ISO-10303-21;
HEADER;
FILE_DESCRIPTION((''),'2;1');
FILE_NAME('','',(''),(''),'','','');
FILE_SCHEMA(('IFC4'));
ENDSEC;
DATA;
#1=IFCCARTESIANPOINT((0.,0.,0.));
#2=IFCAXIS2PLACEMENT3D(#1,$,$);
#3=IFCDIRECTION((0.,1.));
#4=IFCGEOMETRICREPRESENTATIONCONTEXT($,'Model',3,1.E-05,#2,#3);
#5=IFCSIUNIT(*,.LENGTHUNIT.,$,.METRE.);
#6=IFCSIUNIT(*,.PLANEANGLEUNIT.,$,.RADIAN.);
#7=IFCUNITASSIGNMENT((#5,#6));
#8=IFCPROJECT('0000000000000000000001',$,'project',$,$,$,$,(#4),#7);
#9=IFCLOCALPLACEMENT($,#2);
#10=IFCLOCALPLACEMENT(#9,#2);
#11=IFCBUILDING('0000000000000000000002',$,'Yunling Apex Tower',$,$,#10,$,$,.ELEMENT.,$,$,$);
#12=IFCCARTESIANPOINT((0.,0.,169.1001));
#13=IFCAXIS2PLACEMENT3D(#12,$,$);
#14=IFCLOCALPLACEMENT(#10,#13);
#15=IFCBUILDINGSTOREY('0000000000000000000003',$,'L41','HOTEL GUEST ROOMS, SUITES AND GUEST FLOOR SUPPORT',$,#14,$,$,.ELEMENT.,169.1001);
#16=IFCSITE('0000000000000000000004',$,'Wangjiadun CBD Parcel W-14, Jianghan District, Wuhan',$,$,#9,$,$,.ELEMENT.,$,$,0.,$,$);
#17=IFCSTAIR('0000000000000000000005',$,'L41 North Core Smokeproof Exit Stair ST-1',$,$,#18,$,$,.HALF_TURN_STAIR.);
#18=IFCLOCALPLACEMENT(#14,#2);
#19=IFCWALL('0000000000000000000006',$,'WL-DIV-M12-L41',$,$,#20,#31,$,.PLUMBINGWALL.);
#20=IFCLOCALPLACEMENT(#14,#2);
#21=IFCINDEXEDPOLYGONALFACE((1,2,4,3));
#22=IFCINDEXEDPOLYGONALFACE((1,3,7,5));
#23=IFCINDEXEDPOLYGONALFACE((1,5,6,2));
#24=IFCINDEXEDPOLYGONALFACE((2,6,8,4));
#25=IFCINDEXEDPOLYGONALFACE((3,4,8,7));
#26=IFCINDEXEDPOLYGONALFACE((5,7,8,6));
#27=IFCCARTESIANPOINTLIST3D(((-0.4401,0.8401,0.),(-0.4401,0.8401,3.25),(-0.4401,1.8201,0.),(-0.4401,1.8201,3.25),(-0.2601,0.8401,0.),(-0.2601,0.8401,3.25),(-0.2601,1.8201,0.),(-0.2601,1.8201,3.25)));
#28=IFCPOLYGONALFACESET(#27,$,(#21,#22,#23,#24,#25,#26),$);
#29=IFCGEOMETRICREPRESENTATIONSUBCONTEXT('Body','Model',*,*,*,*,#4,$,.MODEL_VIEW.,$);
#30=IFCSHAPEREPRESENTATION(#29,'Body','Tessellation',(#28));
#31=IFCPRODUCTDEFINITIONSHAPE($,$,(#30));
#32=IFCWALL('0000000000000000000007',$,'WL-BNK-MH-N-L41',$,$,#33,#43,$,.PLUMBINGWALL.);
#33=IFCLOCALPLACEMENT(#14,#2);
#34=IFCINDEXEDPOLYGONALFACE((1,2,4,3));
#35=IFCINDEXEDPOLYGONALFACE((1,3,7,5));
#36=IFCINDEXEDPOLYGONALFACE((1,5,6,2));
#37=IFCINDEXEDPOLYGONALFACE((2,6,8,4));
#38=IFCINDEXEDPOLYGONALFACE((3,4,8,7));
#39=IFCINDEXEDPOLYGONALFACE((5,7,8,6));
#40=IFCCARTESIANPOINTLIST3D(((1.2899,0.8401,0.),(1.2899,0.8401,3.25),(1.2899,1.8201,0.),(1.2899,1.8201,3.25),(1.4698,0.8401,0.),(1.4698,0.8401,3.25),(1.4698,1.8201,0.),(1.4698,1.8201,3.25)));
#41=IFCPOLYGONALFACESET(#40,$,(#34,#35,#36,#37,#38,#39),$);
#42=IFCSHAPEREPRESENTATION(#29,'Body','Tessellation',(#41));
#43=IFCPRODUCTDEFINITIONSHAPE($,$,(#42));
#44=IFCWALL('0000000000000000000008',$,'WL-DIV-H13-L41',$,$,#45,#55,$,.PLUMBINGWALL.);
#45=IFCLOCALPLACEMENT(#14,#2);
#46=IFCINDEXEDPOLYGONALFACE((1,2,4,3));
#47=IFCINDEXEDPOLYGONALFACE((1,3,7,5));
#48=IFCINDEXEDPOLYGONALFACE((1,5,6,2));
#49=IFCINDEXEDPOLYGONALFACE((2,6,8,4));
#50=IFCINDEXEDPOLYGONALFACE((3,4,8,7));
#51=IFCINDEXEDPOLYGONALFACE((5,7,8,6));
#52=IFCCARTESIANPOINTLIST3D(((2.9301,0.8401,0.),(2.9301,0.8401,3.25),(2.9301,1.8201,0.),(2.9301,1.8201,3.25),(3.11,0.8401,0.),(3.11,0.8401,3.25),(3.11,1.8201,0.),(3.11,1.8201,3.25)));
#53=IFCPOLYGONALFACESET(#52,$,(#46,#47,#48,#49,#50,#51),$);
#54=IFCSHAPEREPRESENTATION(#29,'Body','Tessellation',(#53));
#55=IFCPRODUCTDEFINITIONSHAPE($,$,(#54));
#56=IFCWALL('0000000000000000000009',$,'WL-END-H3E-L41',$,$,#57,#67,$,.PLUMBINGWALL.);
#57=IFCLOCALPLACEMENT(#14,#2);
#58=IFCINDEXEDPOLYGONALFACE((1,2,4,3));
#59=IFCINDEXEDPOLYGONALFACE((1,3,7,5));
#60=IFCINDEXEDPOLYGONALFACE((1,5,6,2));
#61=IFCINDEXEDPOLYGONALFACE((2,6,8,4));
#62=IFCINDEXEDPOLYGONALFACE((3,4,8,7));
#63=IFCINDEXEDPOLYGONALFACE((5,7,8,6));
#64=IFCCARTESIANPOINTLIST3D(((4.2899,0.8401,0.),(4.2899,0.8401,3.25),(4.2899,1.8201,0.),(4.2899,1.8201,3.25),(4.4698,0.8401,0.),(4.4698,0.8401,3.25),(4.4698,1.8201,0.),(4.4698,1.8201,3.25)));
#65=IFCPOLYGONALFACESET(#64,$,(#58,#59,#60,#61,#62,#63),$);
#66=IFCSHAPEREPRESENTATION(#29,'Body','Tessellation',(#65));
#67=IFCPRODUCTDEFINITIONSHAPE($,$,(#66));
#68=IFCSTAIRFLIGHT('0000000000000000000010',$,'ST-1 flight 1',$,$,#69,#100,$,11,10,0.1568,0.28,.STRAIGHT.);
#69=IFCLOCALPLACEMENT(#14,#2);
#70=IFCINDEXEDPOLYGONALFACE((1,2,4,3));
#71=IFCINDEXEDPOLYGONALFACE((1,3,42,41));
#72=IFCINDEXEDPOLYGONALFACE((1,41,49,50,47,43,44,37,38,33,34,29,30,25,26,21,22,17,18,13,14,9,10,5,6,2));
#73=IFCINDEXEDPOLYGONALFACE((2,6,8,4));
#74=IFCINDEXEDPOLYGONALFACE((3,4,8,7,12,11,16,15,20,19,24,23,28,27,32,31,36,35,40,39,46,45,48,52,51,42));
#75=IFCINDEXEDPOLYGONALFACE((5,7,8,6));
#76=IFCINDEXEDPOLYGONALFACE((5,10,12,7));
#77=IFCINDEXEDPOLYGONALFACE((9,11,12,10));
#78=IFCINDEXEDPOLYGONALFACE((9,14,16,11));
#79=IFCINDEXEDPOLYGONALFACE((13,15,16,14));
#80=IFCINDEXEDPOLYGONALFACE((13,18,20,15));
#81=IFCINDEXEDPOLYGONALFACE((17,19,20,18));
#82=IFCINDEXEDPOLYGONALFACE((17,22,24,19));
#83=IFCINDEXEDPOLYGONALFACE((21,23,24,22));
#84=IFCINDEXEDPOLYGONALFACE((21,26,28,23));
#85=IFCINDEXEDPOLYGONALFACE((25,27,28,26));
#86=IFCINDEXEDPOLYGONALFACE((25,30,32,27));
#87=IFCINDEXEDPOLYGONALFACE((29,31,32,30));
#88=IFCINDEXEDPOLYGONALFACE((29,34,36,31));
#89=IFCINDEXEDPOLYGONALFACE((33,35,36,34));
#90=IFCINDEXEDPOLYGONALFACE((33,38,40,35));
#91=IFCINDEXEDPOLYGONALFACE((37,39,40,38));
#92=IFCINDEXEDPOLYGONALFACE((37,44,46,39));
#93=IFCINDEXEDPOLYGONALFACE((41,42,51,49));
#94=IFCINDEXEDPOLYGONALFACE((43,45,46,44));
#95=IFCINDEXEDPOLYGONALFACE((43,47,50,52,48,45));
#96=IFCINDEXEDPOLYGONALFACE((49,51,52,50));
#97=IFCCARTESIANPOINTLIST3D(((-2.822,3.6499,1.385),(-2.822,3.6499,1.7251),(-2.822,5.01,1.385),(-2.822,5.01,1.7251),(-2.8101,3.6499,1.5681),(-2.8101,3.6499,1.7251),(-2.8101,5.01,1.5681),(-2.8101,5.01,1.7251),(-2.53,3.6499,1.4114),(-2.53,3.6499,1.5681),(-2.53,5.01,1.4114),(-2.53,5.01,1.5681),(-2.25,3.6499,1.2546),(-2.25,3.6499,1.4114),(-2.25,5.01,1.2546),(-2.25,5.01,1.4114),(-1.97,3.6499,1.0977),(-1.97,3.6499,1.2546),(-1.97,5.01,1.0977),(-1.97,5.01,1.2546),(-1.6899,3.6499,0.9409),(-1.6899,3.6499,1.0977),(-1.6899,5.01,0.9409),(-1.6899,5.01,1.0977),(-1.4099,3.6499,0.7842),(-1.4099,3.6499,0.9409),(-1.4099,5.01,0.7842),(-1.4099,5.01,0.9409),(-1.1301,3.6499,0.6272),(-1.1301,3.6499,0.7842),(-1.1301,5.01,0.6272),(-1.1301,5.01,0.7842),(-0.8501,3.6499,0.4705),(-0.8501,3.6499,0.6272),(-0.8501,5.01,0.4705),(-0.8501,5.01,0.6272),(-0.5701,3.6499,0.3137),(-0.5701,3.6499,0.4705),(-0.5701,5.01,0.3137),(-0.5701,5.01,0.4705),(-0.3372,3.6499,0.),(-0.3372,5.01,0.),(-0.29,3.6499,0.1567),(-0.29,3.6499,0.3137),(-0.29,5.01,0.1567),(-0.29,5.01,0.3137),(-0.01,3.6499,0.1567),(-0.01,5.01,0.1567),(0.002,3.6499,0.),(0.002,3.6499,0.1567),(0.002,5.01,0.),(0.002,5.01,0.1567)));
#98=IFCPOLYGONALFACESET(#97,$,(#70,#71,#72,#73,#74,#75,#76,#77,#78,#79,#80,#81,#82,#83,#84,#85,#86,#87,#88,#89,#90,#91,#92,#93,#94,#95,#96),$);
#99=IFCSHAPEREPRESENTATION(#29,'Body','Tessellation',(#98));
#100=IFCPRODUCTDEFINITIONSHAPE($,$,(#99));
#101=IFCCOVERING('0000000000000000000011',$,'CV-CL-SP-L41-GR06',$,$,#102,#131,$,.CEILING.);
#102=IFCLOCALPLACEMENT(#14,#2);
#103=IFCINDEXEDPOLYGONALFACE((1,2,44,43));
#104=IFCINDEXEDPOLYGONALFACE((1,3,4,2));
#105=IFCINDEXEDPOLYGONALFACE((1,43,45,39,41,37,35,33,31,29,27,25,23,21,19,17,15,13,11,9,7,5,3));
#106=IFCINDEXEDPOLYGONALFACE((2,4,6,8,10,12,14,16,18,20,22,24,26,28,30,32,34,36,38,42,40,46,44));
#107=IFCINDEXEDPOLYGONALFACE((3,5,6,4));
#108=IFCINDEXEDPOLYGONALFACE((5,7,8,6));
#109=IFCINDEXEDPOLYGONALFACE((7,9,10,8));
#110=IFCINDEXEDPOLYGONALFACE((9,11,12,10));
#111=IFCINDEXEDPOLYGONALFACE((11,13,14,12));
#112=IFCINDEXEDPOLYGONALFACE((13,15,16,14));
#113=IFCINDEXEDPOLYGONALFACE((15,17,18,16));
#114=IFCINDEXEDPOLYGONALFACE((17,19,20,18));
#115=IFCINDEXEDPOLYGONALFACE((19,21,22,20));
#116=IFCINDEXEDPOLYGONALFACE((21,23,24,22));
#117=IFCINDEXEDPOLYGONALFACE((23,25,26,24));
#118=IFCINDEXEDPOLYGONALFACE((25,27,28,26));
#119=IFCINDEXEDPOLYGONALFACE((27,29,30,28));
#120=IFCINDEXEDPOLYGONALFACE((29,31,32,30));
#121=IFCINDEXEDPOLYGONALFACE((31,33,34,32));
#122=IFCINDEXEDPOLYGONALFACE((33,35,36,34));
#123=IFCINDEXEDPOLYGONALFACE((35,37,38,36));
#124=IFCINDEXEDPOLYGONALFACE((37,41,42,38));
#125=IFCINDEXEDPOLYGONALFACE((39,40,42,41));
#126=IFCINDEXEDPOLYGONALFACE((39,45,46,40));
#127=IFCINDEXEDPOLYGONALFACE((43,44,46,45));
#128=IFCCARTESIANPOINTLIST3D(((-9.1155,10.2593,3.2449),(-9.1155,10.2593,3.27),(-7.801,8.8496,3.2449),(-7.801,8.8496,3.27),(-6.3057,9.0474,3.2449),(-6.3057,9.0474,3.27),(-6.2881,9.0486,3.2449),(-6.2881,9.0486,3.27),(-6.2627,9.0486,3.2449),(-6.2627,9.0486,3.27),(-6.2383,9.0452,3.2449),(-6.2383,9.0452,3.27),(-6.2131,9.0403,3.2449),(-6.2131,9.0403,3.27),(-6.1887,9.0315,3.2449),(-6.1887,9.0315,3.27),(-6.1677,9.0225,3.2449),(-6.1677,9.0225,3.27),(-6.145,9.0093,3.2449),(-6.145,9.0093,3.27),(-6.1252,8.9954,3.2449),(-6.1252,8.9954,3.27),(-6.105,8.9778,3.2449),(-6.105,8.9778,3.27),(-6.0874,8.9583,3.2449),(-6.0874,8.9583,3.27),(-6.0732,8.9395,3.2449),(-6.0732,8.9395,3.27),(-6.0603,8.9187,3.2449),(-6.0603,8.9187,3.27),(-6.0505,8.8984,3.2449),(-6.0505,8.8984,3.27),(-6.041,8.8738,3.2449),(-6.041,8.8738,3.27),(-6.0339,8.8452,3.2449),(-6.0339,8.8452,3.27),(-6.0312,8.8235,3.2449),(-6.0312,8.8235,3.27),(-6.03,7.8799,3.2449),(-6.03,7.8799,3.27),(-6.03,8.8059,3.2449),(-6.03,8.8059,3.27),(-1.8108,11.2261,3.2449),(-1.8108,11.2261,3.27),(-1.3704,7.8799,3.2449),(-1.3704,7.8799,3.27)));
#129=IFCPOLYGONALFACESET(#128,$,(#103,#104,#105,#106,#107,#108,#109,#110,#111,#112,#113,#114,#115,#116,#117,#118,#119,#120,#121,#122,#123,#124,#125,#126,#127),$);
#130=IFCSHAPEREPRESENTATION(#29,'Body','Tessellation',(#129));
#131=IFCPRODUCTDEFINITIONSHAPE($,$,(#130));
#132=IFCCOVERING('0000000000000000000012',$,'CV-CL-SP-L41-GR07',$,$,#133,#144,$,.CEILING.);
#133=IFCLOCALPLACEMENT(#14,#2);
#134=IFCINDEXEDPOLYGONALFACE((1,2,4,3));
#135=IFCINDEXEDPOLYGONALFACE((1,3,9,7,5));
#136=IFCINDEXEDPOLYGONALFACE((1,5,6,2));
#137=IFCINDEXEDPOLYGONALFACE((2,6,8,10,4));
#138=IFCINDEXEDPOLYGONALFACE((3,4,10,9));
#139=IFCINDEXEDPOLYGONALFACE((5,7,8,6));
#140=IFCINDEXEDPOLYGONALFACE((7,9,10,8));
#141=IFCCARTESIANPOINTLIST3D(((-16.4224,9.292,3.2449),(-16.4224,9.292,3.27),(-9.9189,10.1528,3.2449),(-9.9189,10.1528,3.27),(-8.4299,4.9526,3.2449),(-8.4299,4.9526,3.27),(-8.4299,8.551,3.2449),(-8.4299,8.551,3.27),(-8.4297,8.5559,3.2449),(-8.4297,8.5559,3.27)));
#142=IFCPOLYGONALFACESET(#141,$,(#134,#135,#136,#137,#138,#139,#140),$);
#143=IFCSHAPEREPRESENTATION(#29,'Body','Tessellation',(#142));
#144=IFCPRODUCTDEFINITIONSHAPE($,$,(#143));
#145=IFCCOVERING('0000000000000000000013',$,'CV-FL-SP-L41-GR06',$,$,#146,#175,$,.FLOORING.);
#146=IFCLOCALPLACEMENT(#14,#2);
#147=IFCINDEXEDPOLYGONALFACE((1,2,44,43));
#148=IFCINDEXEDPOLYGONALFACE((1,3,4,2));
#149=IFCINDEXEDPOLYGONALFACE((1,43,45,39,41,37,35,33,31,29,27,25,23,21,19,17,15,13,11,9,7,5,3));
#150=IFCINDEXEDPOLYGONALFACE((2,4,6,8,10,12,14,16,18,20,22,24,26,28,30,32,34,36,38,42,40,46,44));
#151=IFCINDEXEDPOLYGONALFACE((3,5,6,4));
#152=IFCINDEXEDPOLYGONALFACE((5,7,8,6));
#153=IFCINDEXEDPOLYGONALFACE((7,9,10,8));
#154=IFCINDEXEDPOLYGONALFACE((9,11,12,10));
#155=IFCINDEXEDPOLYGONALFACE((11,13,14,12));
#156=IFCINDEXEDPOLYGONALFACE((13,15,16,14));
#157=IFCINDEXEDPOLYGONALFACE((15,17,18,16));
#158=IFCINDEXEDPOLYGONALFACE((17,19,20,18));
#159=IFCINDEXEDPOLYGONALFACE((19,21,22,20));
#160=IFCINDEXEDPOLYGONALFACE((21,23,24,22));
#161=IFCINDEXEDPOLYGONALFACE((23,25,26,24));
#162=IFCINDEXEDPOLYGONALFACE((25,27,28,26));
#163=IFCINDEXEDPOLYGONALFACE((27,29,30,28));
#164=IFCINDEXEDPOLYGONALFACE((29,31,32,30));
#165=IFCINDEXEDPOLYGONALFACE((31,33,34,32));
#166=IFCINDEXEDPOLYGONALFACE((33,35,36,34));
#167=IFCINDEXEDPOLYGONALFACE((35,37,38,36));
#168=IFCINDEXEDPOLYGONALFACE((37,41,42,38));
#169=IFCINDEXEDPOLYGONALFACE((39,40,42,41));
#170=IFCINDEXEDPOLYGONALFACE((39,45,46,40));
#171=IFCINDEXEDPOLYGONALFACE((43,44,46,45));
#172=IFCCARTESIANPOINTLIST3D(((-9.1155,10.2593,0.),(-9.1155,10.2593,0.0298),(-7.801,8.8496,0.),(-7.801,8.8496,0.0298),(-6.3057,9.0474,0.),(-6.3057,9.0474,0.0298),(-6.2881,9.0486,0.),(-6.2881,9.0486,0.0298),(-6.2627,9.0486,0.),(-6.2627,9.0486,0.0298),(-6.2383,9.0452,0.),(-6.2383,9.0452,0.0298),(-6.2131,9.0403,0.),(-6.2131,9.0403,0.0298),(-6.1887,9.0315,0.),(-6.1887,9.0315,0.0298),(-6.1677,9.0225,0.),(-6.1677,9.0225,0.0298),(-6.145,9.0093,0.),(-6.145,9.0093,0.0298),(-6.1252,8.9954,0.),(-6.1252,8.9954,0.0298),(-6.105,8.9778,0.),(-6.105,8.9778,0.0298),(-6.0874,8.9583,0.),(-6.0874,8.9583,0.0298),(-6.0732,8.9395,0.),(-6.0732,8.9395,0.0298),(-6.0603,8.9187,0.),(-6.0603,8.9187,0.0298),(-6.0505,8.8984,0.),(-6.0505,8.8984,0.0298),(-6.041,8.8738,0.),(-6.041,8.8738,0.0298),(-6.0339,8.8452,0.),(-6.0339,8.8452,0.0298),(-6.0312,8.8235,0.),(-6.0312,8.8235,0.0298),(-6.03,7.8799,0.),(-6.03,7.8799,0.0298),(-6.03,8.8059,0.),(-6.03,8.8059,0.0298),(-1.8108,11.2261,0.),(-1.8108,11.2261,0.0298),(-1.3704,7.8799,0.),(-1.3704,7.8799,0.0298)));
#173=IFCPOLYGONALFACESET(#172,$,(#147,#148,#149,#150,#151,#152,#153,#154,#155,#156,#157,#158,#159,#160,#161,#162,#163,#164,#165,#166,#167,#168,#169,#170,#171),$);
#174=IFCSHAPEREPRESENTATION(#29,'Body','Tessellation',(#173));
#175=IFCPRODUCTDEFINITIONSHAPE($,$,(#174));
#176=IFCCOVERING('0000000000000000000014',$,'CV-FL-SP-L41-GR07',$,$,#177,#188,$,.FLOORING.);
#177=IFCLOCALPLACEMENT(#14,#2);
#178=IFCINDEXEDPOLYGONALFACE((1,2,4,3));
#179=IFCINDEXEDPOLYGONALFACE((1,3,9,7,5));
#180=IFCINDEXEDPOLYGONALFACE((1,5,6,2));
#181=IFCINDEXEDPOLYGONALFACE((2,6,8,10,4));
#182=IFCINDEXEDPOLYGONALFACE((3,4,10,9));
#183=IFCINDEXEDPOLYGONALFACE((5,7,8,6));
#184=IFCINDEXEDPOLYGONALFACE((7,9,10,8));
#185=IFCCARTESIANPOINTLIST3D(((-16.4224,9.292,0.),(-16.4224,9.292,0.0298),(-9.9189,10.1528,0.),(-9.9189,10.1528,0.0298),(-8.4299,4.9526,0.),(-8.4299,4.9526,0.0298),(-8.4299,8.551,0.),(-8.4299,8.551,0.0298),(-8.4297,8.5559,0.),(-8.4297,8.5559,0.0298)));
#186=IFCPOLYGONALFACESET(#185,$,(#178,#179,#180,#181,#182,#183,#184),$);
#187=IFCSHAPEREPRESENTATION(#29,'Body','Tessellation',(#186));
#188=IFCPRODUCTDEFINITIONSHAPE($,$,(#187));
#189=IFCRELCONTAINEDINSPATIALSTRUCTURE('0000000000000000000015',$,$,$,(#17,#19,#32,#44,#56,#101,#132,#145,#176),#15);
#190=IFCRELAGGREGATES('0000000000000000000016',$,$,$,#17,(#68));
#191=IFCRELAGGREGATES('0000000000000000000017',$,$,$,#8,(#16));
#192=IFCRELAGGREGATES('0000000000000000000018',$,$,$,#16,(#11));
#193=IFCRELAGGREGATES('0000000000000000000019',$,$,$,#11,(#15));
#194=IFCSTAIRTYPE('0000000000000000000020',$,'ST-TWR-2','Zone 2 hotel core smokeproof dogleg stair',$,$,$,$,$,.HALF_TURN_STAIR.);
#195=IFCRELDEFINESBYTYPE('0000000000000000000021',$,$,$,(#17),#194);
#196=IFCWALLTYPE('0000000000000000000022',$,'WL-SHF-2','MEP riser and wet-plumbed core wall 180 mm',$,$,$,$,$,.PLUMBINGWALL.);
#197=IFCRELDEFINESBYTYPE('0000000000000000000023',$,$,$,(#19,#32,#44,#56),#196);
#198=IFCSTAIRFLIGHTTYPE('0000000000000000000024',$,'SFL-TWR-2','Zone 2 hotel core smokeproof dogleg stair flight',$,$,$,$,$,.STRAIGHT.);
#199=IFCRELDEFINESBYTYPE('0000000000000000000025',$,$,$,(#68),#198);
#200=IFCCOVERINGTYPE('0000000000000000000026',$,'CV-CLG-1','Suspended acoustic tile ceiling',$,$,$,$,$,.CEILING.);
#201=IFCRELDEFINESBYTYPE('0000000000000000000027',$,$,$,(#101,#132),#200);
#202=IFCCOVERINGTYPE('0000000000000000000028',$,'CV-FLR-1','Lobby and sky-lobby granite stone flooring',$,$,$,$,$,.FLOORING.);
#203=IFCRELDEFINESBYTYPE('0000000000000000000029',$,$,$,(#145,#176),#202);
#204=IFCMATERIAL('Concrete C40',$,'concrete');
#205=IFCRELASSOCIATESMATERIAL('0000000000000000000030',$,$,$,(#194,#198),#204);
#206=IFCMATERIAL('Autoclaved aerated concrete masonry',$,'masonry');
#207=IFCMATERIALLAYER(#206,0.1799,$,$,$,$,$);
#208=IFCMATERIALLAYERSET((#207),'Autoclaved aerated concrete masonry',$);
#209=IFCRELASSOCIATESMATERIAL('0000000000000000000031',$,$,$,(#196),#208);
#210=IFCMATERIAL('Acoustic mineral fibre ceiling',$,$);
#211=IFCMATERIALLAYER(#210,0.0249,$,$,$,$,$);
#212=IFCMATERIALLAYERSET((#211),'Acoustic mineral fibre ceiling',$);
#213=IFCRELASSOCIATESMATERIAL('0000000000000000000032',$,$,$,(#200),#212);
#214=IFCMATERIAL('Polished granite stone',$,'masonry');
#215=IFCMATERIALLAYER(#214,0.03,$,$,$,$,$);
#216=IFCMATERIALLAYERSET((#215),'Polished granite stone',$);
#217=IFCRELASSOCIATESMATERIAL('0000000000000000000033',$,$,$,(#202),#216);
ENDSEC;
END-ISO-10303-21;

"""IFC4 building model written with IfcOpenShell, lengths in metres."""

from ifc_helpers import new_model, si_unit, direction, frame, frame_2d, origin, place, context, subcontext, project, spatial, polyline, rectangle, outline, extrude, material, layer, layer_set, type_object, element, aggregate, save


model = new_model("IFC4")

# Units and contexts
model_context = context("Model", 3, precision=1e-05, world=origin(), true_north=direction((0.0, 1.0)))
body_context = subcontext(model_context, "Body", "Model", "MODEL_VIEW")
ifc_project = project(units=[si_unit("LENGTHUNIT", "METRE"), si_unit("PLANEANGLEUNIT", "RADIAN")], contexts=[model_context])

# Site, building, storey
site_placement = place(None, origin())
site = spatial("IfcSite", under=ifc_project, at=site_placement, Name="Wangjiadun CBD Parcel W-14, Jianghan District, Wuhan", CompositionType="ELEMENT", RefElevation=0.0)
building_placement = place(site_placement, origin())
building = spatial("IfcBuilding", under=site, at=building_placement, Name="Yunling Apex Tower", CompositionType="ELEMENT")
storey_placement = place(building_placement, frame((0.0, 0.0, 169.1001)))
storey = spatial("IfcBuildingStorey", under=building, at=storey_placement, Name="L41", Description="HOTEL GUEST ROOMS, SUITES AND GUEST FLOOR SUPPORT", CompositionType="ELEMENT", Elevation=169.1001)

# Stair
ifc_material_1 = material(Name="Concrete C40", Category="concrete")
stair_type = type_object("IfcStairType", Name="ST-TWR-2", Description="Zone 2 hotel core smokeproof dogleg stair", PredefinedType="HALF_TURN_STAIR", material=ifc_material_1)
stair_1_placement = place(storey_placement, origin())
stair_1 = element("IfcStair", 1, at=stair_1_placement, inside=storey, type_object=stair_type, Name="L41 North Core Smokeproof Exit Stair ST-1", PredefinedType="HALF_TURN_STAIR")

# Shared definitions
ifc_material_2 = material(Name="Autoclaved aerated concrete masonry", Category="masonry")

# Walls
ifc_layer_1 = layer(ifc_material_2, 0.1799)
ifc_layer_set_1 = layer_set([ifc_layer_1], Name="Autoclaved aerated concrete masonry")
wall_type_1 = type_object("IfcWallType", Name="WL-SHF-2", Description="MEP riser and wet-plumbed core wall 180 mm", PredefinedType="PLUMBINGWALL", material=ifc_layer_set_1)
for number, where, z_axis, x_axis, name in (
    (2, (-0.3501, 0.8401, 0.0), (0.0, 0.0, 1.0), (0.0, 1.0, 0.0), "WL-DIV-M12-L41"),
    (3, (1.3799, 0.8401, 0.0), (0.0, 0.0, 1.0), (0.0, 1.0, 0.0), "WL-BNK-MH-N-L41"),
    (4, (3.02, 0.8401, 0.0), (0.0, 0.0, 1.0), (0.0, 1.0, 0.0), "WL-DIV-H13-L41"),
    (5, (4.3799, 0.8401, 0.0), (0.0, 0.0, 1.0), (0.0, 1.0, 0.0), "WL-END-H3E-L41"),
):
    element("IfcWall", number, at=place(storey_placement, frame(where, z_axis=z_axis, x_axis=x_axis)), inside=storey, type_object=wall_type_1, Name=name, PredefinedType="PLUMBINGWALL", context=body_context, shape_type="SweptSolid", body=[
        extrude(rectangle(XDim=0.98, YDim=0.1799, at=frame_2d((0.49, 0.0))), origin(), (0.0, 0.0, 1.0), 3.25),
    ])

# Stair flight
stair_flight_type = type_object("IfcStairFlightType", Name="SFL-TWR-2", Description="Zone 2 hotel core smokeproof dogleg stair flight", PredefinedType="STRAIGHT", material=ifc_material_1)
stair_flight_placement = place(storey_placement, frame((-0.01, 4.3301, 0.0), z_axis=(0.0, 0.0, 1.0), x_axis=(-1.0, 0.0, 0.0)))
stair_flight = element("IfcStairFlight", 6, at=stair_flight_placement, type_object=stair_flight_type, Name="ST-1 flight 1", NumberOfRisers=11, NumberOfTreads=10, PredefinedType="STRAIGHT", RiserHeight=0.1568, TreadLength=0.28, context=body_context, shape_type="SweptSolid", body=[
    extrude(outline(polyline([(-0.012, 0.0), (-0.012, 0.1567), (0.0, 0.1567), (0.28, 0.1567), (0.28, 0.3137), (0.5601, 0.3137), (0.5601, 0.4705), (0.8401, 0.4705), (0.8401, 0.6272), (1.1201, 0.6272), (1.1201, 0.7842), (1.3999, 0.7842), (1.3999, 0.9409), (1.6799, 0.9409), (1.6799, 1.0977), (1.96, 1.0977), (1.96, 1.2546), (2.24, 1.2546), (2.24, 1.4114), (2.52, 1.4114), (2.52, 1.5681), (2.8, 1.5681), (2.8, 1.7251), (2.812, 1.7251), (2.812, 1.385), (0.3271, 0.0), (-0.012, 0.0)])), frame((0.0, 0.6802, 0.0), z_axis=(0.0, -1.0, 0.0), x_axis=(1.0, 0.0, 0.0)), (0.0, 0.0, 1.0), 1.3601),
])
aggregate(stair_1, [stair_flight])

# Coverings
ifc_material_3 = material(Name="Acoustic mineral fibre ceiling")
ifc_layer_2 = layer(ifc_material_3, 0.0249)
ifc_layer_set_2 = layer_set([ifc_layer_2], Name="Acoustic mineral fibre ceiling")
covering_type_1 = type_object("IfcCoveringType", Name="CV-CLG-1", Description="Suspended acoustic tile ceiling", PredefinedType="CEILING", material=ifc_layer_set_2)
covering_1_placement = place(storey_placement, frame((0.0, 0.0, 3.2449)))
element("IfcCovering", 7, at=covering_1_placement, inside=storey, type_object=covering_type_1, Name="CV-CL-SP-L41-GR06", PredefinedType="CEILING", context=body_context, shape_type="SweptSolid", body=[
    extrude(outline(polyline([(-1.8108, 11.2261), (-1.3704, 7.8799), (-6.03, 7.8799), (-6.03, 8.8059), (-6.0312, 8.8235), (-6.0339, 8.8452), (-6.041, 8.8738), (-6.0505, 8.8984), (-6.0603, 8.9187), (-6.0732, 8.9395), (-6.0874, 8.9583), (-6.105, 8.9778), (-6.1252, 8.9954), (-6.145, 9.0093), (-6.1677, 9.0225), (-6.1887, 9.0315), (-6.2131, 9.0403), (-6.2383, 9.0452), (-6.2627, 9.0486), (-6.2881, 9.0486), (-6.3057, 9.0474), (-7.801, 8.8496), (-9.1155, 10.2593), (-1.8108, 11.2261)])), origin(), (0.0, 0.0, 1.0), 0.0251),
])
covering_2_placement = place(storey_placement, frame((0.0, 0.0, 3.2449)))
element("IfcCovering", 8, at=covering_2_placement, inside=storey, type_object=covering_type_1, Name="CV-CL-SP-L41-GR07", PredefinedType="CEILING", context=body_context, shape_type="SweptSolid", body=[
    extrude(outline(polyline([(-9.9189, 10.1528), (-8.4297, 8.5559), (-8.4299, 8.551), (-8.4299, 4.9526), (-16.4224, 9.292), (-9.9189, 10.1528)])), origin(), (0.0, 0.0, 1.0), 0.0251),
])
ifc_material_4 = material(Name="Polished granite stone", Category="masonry")
ifc_layer_3 = layer(ifc_material_4, 0.03)
ifc_layer_set_3 = layer_set([ifc_layer_3], Name="Polished granite stone")
covering_type_2 = type_object("IfcCoveringType", Name="CV-FLR-1", Description="Lobby and sky-lobby granite stone flooring", PredefinedType="FLOORING", material=ifc_layer_set_3)
covering_3_placement = place(storey_placement, origin())
element("IfcCovering", 9, at=covering_3_placement, inside=storey, type_object=covering_type_2, Name="CV-FL-SP-L41-GR06", PredefinedType="FLOORING", context=body_context, shape_type="SweptSolid", body=[
    extrude(outline(polyline([(-1.8108, 11.2261), (-1.3704, 7.8799), (-6.03, 7.8799), (-6.03, 8.8059), (-6.0312, 8.8235), (-6.0339, 8.8452), (-6.041, 8.8738), (-6.0505, 8.8984), (-6.0603, 8.9187), (-6.0732, 8.9395), (-6.0874, 8.9583), (-6.105, 8.9778), (-6.1252, 8.9954), (-6.145, 9.0093), (-6.1677, 9.0225), (-6.1887, 9.0315), (-6.2131, 9.0403), (-6.2383, 9.0452), (-6.2627, 9.0486), (-6.2881, 9.0486), (-6.3057, 9.0474), (-7.801, 8.8496), (-9.1155, 10.2593), (-1.8108, 11.2261)])), origin(), (0.0, 0.0, 1.0), 0.0298),
])
covering_4_placement = place(storey_placement, origin())
element("IfcCovering", 10, at=covering_4_placement, inside=storey, type_object=covering_type_2, Name="CV-FL-SP-L41-GR07", PredefinedType="FLOORING", context=body_context, shape_type="SweptSolid", body=[
    extrude(outline(polyline([(-9.9189, 10.1528), (-8.4297, 8.5559), (-8.4299, 8.551), (-8.4299, 4.9526), (-16.4224, 9.292), (-9.9189, 10.1528)])), origin(), (0.0, 0.0, 1.0), 0.0298),
])

save(model, "model.ifc")
